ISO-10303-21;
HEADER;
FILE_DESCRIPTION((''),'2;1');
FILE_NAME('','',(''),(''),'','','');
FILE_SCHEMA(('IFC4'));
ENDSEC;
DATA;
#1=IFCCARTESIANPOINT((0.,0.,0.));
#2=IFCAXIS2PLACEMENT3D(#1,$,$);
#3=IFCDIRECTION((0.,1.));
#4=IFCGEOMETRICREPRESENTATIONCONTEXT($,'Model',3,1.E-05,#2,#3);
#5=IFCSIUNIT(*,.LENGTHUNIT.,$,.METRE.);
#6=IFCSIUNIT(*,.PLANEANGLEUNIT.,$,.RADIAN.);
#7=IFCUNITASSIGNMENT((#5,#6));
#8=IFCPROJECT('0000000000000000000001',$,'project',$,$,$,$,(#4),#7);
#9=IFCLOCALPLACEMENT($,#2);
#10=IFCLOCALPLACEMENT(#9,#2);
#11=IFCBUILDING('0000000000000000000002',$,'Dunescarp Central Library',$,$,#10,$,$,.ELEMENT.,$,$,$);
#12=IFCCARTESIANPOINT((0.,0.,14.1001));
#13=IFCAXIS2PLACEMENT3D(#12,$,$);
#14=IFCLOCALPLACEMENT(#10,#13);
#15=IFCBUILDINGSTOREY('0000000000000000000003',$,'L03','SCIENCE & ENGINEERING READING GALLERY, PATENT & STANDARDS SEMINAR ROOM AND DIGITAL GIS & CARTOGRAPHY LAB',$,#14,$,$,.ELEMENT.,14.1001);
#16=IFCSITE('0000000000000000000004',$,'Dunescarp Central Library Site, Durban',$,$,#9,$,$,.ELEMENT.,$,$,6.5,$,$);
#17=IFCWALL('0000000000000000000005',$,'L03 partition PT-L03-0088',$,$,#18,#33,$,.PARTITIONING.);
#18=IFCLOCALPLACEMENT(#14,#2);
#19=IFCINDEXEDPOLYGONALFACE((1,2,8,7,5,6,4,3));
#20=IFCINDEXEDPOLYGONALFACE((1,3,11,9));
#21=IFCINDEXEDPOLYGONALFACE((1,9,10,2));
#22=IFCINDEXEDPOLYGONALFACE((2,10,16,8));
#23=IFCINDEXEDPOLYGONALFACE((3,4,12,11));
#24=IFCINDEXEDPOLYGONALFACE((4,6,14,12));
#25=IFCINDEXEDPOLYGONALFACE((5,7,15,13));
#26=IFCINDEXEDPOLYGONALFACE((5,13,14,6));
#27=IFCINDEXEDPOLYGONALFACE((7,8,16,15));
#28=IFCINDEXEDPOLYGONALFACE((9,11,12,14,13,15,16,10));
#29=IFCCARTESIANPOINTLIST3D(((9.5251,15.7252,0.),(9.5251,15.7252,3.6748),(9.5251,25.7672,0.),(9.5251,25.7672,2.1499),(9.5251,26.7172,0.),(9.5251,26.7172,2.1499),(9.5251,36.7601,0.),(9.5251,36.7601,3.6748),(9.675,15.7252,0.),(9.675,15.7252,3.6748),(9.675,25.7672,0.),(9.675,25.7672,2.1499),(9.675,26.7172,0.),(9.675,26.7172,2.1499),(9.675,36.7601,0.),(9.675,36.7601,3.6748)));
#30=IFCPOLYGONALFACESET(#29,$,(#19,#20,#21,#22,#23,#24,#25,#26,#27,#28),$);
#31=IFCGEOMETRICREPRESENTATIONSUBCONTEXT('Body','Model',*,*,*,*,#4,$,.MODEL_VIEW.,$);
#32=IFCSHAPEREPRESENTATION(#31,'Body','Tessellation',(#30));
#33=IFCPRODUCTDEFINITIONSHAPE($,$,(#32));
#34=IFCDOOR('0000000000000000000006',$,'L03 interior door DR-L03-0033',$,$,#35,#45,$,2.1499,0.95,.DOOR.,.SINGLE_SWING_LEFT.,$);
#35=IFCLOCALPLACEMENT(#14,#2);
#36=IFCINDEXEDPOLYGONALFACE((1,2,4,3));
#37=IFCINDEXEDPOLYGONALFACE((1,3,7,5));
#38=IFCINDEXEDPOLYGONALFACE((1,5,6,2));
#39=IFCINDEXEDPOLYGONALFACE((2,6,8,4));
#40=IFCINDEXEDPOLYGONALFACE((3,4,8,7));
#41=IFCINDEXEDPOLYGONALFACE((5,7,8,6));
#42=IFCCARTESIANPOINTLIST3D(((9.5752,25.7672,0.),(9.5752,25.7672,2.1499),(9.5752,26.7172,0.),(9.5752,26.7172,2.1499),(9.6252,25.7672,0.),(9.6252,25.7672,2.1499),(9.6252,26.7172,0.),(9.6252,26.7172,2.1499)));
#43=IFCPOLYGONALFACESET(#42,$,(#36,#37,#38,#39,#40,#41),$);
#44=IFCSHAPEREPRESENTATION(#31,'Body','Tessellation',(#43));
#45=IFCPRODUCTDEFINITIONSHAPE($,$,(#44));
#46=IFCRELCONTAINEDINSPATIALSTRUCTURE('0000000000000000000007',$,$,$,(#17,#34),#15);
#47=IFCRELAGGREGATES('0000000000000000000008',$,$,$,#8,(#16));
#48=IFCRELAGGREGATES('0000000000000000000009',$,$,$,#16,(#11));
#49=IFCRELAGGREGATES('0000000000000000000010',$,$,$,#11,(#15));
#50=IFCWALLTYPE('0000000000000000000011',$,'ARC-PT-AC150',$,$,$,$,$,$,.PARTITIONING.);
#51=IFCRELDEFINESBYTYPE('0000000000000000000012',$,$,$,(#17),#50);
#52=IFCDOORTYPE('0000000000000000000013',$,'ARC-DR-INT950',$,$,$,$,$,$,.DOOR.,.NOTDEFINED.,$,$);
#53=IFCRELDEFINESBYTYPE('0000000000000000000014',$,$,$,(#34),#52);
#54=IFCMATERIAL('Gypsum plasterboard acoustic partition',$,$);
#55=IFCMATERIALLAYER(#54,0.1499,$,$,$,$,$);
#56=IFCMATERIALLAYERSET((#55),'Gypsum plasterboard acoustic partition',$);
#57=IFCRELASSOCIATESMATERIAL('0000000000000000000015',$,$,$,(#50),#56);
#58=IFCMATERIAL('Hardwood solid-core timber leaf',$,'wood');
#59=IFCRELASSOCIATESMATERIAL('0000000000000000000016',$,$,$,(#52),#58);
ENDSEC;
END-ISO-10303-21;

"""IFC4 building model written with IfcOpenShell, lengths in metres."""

from ifc_helpers import new_model, si_unit, direction, frame, frame_2d, origin, place, context, subcontext, project, spatial, rectangle, extrude, material, layer, layer_set, type_object, element, fill, save


model = new_model("IFC4")

# Units and contexts
model_context = context("Model", 3, precision=1e-05, world=origin(), true_north=direction((0.0, 1.0)))
body_context = subcontext(model_context, "Body", "Model", "MODEL_VIEW")
ifc_project = project(units=[si_unit("LENGTHUNIT", "METRE"), si_unit("PLANEANGLEUNIT", "RADIAN")], contexts=[model_context])

# Site, building, storey
site_placement = place(None, origin())
site = spatial("IfcSite", under=ifc_project, at=site_placement, Name="Dunescarp Central Library Site, Durban", CompositionType="ELEMENT", RefElevation=6.5)
building_placement = place(site_placement, origin())
building = spatial("IfcBuilding", under=site, at=building_placement, Name="Dunescarp Central Library", CompositionType="ELEMENT")
storey_placement = place(building_placement, frame((0.0, 0.0, 14.1001)))
storey = spatial("IfcBuildingStorey", under=building, at=storey_placement, Name="L03", Description="SCIENCE & ENGINEERING READING GALLERY, PATENT & STANDARDS SEMINAR ROOM AND DIGITAL GIS & CARTOGRAPHY LAB", CompositionType="ELEMENT", Elevation=14.1001)

# Shared definitions
ifc_material_1 = material(Name="Gypsum plasterboard acoustic partition")
ifc_layer_1 = layer(ifc_material_1, 0.1499)
ifc_layer_set_1 = layer_set([ifc_layer_1], Name="Gypsum plasterboard acoustic partition")
wall_type = type_object("IfcWallType", Name="ARC-PT-AC150", PredefinedType="PARTITIONING", material=ifc_layer_set_1)
ifc_material_2 = material(Name="Hardwood solid-core timber leaf", Category="wood")
door_type = type_object("IfcDoorType", Name="ARC-DR-INT950", OperationType="NOTDEFINED", PredefinedType="DOOR", material=ifc_material_2)

# Wall, opening, door
wall_1_placement = place(storey_placement, frame((9.6001, 15.7251, 0.0), z_axis=(0.0, 0.0, 1.0), x_axis=(0.0, 1.0, 0.0)))
wall_1 = element("IfcWall", 1, at=wall_1_placement, inside=storey, type_object=wall_type, Name="L03 partition PT-L03-0088", PredefinedType="PARTITIONING", context=body_context, shape_type="SweptSolid", body=[
    extrude(rectangle(XDim=21.0349, YDim=0.1499, at=frame_2d((10.5176, 0.0))), origin(), (0.0, 0.0, 1.0), 3.6748),
])
opening_1_placement = place(wall_1_placement, frame((10.042, 0.0, 0.0)))
opening_1 = element("IfcOpeningElement", 2, at=opening_1_placement, cuts=wall_1, PredefinedType="OPENING", context=body_context, shape_type="SweptSolid", body=[
    extrude(rectangle(XDim=0.95, YDim=2.1499, at=frame_2d((0.4751, 1.075))), frame((0.0, 0.085, 0.0), z_axis=(0.0, -1.0, 0.0), x_axis=(1.0, 0.0, 0.0)), (0.0, 0.0, 1.0), 0.1699),
])
door_1_placement = place(opening_1_placement, origin())
door_1 = element("IfcDoor", 3, at=door_1_placement, inside=storey, type_object=door_type, Name="L03 interior door DR-L03-0033", OperationType="SINGLE_SWING_LEFT", OverallHeight=2.1499, OverallWidth=0.95, PredefinedType="DOOR", context=body_context, shape_type="SweptSolid", body=[
    extrude(rectangle(XDim=0.95, YDim=2.1499, at=frame_2d((0.4751, 1.075))), frame((0.0, 0.0249, 0.0), z_axis=(0.0, -1.0, 0.0), x_axis=(1.0, 0.0, 0.0)), (0.0, 0.0, 1.0), 0.05),
])
fill(opening_1, door_1)

save(model, "model.ifc")
